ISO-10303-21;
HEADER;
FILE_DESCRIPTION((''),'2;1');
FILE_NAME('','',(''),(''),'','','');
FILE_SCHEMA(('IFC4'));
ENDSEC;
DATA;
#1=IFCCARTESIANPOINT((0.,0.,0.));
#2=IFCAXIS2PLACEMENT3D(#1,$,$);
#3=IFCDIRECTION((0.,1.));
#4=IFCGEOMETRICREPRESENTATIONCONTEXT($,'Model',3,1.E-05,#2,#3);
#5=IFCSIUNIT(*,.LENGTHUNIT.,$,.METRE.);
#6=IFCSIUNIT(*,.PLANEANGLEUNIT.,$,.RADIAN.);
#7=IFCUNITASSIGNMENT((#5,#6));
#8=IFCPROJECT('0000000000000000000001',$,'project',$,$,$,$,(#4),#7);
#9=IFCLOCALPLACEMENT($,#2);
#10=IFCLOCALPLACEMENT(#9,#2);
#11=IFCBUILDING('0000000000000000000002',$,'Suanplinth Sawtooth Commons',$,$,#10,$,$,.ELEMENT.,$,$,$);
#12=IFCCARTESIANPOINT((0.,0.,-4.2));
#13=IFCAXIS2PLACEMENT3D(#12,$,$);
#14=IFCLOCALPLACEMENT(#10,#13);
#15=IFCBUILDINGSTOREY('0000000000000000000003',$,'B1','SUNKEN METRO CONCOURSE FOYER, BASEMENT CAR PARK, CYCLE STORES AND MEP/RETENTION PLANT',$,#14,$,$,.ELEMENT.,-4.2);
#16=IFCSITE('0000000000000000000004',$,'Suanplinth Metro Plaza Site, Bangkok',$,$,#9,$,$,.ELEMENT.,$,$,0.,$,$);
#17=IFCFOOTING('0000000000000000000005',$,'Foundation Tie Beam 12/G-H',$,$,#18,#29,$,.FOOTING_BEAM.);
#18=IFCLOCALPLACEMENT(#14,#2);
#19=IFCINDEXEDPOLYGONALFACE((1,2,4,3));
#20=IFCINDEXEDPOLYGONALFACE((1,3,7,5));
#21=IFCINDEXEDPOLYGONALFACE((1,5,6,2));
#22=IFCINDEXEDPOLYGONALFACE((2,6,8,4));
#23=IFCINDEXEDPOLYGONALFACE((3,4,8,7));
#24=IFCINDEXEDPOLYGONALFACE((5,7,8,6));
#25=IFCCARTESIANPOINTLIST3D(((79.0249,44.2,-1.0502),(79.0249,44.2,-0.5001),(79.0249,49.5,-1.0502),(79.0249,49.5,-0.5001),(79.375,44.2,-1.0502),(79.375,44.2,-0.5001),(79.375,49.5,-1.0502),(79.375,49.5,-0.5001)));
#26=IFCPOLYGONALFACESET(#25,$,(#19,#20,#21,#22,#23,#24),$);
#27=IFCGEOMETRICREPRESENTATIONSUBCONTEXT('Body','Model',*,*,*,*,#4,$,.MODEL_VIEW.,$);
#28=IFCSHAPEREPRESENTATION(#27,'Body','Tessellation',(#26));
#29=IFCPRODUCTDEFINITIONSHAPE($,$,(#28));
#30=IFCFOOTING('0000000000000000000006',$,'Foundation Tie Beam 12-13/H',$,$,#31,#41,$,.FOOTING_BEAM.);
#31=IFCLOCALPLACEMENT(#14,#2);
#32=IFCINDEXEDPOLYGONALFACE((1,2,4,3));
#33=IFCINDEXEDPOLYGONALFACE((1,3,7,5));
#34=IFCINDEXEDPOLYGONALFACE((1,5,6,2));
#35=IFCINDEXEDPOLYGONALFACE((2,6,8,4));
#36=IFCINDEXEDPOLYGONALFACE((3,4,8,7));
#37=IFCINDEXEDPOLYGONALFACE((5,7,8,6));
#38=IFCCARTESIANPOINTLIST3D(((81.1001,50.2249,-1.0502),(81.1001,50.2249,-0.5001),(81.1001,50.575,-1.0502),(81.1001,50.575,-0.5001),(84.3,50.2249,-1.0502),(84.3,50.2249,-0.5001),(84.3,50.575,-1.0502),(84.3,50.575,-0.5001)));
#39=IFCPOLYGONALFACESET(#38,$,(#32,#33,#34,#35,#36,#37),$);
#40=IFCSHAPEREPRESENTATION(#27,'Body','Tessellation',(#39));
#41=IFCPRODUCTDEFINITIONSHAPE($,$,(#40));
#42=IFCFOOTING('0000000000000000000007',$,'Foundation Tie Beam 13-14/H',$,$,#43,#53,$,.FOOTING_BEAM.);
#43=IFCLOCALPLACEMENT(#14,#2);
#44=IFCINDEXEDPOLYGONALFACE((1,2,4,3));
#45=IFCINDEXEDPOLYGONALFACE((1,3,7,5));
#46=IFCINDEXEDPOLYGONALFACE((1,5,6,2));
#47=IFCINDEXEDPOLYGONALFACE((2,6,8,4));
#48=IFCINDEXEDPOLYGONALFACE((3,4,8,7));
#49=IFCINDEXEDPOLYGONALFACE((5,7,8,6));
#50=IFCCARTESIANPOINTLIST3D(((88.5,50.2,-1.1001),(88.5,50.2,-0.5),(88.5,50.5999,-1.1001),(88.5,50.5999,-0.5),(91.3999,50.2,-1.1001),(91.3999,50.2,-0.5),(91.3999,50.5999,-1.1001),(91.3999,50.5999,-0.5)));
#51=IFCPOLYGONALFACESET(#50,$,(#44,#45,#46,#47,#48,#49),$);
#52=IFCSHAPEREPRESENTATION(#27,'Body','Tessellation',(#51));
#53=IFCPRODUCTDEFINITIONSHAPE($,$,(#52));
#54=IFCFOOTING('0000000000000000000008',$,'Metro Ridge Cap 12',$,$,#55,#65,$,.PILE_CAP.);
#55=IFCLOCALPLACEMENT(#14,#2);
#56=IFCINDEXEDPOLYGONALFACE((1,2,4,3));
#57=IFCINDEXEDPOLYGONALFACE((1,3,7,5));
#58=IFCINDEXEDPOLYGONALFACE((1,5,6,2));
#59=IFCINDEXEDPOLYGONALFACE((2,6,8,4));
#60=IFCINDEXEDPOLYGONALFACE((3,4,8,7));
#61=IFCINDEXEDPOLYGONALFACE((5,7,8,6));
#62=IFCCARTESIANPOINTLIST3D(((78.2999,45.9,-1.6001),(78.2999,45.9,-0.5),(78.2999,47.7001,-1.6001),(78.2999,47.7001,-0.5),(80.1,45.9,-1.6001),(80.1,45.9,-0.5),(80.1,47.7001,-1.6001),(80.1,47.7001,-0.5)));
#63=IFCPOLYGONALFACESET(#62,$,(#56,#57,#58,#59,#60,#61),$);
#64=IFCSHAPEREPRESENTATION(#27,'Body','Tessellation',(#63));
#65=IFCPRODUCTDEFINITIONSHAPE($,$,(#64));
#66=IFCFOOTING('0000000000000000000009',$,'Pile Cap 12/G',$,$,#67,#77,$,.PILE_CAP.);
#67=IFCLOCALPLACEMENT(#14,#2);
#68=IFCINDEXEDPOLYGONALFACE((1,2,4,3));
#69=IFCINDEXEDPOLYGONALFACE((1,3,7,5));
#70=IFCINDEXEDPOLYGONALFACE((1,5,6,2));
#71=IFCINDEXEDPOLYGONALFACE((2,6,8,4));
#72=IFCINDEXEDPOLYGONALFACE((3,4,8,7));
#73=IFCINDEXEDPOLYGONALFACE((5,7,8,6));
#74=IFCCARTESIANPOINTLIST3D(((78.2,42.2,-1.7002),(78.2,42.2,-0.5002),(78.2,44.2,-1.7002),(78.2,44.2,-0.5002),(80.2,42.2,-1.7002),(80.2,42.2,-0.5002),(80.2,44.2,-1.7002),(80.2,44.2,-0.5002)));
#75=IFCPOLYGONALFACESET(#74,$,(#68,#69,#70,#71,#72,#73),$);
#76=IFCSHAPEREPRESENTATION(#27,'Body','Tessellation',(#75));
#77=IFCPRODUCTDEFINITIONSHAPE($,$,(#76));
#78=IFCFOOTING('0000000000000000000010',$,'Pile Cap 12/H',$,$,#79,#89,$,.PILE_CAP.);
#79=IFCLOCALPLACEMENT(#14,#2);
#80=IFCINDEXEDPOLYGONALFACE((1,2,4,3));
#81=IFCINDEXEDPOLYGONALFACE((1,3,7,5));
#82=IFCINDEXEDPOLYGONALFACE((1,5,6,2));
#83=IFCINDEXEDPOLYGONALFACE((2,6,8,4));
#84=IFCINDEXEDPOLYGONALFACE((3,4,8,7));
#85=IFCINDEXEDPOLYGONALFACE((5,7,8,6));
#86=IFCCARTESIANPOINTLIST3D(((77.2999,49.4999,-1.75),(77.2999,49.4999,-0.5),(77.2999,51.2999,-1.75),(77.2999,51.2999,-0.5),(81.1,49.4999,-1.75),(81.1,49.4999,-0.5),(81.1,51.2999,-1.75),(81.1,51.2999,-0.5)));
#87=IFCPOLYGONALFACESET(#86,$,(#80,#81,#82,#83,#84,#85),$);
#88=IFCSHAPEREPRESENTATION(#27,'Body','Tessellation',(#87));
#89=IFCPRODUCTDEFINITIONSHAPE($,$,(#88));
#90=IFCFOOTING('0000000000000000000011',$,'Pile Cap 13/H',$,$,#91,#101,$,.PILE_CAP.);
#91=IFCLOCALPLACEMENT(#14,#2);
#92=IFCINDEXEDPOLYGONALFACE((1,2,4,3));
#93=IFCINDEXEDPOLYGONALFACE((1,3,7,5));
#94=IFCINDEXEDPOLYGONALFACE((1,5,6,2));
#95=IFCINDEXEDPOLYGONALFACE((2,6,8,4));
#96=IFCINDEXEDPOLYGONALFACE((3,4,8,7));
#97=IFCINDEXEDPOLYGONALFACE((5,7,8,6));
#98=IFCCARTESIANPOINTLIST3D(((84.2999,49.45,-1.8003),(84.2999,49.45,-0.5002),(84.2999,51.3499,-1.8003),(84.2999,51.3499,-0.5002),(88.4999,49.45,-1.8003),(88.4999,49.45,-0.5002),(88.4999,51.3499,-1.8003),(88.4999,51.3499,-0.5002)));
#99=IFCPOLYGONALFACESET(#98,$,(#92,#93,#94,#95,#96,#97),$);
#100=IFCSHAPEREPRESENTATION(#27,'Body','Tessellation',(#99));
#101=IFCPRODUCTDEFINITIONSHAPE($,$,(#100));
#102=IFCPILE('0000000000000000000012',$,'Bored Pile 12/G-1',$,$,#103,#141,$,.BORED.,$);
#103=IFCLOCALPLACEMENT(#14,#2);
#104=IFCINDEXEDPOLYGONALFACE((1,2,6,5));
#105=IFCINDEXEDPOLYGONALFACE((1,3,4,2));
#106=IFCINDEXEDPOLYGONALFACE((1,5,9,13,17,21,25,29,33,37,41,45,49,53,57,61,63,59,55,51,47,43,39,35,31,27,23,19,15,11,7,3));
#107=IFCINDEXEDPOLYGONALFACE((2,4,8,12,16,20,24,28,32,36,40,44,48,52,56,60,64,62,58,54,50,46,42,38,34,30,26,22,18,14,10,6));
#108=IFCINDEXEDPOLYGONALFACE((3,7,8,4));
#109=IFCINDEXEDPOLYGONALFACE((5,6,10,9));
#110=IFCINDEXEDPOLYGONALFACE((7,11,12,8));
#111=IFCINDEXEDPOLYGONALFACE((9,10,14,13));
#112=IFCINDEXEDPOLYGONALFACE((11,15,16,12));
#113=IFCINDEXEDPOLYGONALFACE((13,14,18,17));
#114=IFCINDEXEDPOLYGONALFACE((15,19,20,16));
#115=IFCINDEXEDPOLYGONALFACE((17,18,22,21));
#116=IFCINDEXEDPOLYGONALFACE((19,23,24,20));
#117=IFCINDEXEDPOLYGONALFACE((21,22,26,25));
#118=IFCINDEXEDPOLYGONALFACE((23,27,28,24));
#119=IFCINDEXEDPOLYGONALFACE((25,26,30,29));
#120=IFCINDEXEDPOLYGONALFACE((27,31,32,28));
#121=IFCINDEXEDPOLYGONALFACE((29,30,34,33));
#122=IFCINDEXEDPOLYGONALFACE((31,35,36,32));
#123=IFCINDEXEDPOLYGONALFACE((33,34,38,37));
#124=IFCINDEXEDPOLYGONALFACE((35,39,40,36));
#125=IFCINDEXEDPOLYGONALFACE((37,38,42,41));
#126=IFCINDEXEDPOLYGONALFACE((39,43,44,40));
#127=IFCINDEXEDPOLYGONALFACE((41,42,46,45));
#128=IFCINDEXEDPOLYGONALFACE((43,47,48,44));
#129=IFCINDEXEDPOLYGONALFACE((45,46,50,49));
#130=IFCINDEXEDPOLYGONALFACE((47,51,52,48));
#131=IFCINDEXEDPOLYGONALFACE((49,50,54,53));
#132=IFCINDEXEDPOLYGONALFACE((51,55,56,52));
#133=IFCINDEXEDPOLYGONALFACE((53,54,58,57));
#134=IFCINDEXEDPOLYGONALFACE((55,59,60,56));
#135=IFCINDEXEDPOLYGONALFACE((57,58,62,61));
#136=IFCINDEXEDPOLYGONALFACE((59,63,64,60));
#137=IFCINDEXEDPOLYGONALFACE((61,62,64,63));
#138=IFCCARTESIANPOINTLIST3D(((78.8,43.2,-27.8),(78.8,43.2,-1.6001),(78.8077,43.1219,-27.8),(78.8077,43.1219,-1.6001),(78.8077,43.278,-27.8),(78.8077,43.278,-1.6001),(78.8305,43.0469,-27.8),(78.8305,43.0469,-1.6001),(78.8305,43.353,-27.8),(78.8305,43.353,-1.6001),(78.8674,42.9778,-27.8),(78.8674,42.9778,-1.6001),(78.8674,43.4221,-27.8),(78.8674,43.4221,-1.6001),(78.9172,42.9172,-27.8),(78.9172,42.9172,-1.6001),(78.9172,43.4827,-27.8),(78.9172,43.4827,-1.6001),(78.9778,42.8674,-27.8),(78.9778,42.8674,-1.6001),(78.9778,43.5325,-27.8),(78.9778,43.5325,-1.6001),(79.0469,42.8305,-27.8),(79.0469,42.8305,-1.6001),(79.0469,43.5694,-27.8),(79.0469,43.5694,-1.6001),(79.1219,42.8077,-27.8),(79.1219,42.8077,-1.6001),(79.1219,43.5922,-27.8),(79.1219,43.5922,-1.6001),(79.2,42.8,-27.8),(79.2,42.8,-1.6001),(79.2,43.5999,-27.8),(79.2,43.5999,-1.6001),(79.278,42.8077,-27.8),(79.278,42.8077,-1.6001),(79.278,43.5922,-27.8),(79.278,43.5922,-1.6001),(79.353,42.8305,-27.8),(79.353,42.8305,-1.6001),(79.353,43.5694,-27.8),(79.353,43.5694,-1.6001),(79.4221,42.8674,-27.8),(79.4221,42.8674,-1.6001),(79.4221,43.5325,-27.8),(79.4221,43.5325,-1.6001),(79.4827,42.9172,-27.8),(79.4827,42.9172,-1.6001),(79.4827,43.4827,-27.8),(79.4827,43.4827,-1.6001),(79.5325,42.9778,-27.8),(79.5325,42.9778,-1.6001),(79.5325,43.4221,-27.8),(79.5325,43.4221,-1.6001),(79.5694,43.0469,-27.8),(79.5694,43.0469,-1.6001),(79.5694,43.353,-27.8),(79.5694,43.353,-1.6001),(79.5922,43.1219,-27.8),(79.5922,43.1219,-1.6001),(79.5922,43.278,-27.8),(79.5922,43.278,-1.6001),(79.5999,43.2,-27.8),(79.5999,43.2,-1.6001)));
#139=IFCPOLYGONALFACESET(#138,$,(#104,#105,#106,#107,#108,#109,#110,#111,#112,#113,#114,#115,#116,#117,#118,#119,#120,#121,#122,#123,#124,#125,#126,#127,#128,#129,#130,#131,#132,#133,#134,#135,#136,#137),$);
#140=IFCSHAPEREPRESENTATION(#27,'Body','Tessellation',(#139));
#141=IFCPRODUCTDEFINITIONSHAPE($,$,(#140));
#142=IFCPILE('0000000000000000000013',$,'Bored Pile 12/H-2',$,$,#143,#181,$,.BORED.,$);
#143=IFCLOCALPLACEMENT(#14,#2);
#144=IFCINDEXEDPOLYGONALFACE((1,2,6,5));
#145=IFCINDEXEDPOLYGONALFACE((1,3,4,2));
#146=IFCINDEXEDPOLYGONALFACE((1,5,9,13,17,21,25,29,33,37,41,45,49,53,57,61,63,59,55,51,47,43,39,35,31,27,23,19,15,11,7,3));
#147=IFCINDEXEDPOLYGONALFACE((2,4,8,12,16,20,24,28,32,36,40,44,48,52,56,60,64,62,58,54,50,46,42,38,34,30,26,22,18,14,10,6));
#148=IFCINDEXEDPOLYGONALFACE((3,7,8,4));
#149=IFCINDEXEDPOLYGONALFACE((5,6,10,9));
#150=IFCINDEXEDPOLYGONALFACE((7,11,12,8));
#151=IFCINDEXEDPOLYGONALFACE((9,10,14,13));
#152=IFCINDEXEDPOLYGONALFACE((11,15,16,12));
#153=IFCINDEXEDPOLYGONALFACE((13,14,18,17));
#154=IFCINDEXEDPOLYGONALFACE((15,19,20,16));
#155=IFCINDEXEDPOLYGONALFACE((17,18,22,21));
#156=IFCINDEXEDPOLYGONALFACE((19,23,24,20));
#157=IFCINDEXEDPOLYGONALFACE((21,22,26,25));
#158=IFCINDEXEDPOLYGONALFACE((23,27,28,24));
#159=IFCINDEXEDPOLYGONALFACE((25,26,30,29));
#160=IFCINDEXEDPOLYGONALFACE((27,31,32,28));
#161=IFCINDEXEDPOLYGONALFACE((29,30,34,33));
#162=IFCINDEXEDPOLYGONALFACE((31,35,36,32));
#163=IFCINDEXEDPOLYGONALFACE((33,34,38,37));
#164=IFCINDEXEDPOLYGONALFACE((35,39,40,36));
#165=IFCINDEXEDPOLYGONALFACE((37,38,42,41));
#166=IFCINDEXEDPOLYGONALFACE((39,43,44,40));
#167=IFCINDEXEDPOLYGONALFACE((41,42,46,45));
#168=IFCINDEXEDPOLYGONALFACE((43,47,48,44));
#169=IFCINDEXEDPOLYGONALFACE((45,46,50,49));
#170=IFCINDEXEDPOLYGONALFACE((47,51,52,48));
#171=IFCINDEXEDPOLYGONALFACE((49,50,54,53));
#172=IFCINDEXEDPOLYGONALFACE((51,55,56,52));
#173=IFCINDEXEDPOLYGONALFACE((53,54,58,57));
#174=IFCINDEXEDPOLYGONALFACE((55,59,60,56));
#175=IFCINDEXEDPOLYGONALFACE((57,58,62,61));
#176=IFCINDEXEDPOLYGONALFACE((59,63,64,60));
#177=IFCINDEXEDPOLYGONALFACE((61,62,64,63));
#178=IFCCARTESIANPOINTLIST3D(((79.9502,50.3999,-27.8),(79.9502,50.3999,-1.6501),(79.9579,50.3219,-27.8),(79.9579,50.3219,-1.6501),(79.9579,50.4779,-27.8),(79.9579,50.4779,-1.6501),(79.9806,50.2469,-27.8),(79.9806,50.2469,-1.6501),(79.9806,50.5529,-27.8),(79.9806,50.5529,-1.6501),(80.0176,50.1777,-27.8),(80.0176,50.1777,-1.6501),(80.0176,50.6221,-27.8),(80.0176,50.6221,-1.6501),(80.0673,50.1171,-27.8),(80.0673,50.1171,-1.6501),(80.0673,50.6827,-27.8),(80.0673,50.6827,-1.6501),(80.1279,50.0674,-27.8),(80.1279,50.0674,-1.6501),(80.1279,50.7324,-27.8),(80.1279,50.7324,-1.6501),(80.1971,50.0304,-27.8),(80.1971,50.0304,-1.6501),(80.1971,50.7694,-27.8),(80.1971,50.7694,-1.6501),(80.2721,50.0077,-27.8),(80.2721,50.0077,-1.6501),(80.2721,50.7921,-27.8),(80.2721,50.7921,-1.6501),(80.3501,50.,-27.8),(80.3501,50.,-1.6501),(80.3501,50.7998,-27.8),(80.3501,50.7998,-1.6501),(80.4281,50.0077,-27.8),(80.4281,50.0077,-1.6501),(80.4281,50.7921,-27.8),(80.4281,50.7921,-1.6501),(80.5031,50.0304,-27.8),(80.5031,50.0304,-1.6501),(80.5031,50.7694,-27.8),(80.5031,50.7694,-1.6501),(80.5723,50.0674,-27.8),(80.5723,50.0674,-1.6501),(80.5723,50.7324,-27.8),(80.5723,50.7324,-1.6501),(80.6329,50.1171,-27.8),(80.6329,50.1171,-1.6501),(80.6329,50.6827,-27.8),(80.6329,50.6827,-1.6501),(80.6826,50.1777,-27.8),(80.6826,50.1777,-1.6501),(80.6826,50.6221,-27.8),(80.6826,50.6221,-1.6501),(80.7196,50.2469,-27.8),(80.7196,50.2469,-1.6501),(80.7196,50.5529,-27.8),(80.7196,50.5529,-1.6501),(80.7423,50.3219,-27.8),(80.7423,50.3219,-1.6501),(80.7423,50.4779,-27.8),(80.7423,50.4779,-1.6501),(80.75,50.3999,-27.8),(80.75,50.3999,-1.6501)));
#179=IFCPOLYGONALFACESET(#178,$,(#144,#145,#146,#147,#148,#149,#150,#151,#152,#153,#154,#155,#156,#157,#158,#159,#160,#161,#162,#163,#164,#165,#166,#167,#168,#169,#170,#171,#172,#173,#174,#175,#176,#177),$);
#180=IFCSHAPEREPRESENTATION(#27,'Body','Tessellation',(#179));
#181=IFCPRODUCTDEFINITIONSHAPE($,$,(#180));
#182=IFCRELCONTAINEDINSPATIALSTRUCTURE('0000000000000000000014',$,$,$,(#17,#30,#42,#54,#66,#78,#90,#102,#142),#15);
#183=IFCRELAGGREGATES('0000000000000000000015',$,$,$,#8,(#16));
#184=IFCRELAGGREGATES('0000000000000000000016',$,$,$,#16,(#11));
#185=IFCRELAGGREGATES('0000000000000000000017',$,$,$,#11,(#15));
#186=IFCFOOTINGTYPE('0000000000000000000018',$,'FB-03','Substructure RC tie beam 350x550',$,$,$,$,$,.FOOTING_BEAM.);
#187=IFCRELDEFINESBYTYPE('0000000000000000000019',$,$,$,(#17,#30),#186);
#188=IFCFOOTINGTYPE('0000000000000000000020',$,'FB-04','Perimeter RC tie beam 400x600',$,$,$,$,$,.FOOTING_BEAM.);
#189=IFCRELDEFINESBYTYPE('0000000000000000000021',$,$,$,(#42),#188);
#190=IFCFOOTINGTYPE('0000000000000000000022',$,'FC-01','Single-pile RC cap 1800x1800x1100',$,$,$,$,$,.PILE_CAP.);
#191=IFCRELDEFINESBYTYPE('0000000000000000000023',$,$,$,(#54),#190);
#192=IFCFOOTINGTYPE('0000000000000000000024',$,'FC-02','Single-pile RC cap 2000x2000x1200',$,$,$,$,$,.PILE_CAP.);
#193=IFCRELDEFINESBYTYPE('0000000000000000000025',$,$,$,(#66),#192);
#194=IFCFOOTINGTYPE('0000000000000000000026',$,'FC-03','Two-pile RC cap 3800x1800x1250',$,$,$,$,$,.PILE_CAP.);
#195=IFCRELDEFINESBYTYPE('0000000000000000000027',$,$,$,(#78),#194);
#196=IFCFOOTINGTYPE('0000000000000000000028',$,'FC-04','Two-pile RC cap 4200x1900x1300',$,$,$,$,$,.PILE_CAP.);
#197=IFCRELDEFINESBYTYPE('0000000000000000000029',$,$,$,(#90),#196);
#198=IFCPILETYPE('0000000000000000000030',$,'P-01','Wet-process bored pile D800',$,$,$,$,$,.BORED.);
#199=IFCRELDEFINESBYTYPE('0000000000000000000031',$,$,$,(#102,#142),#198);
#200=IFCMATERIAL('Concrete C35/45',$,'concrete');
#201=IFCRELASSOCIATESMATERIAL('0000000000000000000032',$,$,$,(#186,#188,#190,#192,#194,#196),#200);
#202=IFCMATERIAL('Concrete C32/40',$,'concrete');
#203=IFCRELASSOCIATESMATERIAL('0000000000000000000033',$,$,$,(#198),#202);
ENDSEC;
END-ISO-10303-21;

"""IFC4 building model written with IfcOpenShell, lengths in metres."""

from ifc_helpers import new_model, si_unit, direction, frame, origin, origin_2d, place, context, subcontext, project, spatial, rectangle, circle, extrude, material, material_profile, profile_set, type_object, element, save


model = new_model("IFC4")

# Units and contexts
model_context = context("Model", 3, precision=1e-05, world=origin(), true_north=direction((0.0, 1.0)))
body_context = subcontext(model_context, "Body", "Model", "MODEL_VIEW")
ifc_project = project(units=[si_unit("LENGTHUNIT", "METRE"), si_unit("PLANEANGLEUNIT", "RADIAN")], contexts=[model_context])

# Site, building, storey
site_placement = place(None, origin())
site = spatial("IfcSite", under=ifc_project, at=site_placement, Name="Suanplinth Metro Plaza Site, Bangkok", CompositionType="ELEMENT", RefElevation=0.0)
building_placement = place(site_placement, origin())
building = spatial("IfcBuilding", under=site, at=building_placement, Name="Suanplinth Sawtooth Commons", CompositionType="ELEMENT")
storey_placement = place(building_placement, frame((0.0, 0.0, -4.2)))
storey = spatial("IfcBuildingStorey", under=building, at=storey_placement, Name="B1", Description="SUNKEN METRO CONCOURSE FOYER, BASEMENT CAR PARK, CYCLE STORES AND MEP/RETENTION PLANT", CompositionType="ELEMENT", Elevation=-4.2)

# Footings
ifc_material_1 = material(Name="Concrete C35/45", Category="concrete")
ifc_material_profile_1 = material_profile(ifc_material_1, rectangle(XDim=0.3501, YDim=0.55, at=origin_2d()), Name="PC-BM 350x550")
ifc_profile_set_1 = profile_set([ifc_material_profile_1], Name="Concrete C35/45")
footing_type_1 = type_object("IfcFootingType", Name="FB-03", Description="Substructure RC tie beam 350x550", PredefinedType="FOOTING_BEAM", material=ifc_profile_set_1)
footing_1_placement = place(storey_placement, frame((79.2, 44.2, -0.7751), z_axis=(0.0, 1.0, 0.0), x_axis=(-1.0, 0.0, 0.0)))
element("IfcFooting", 1, at=footing_1_placement, inside=storey, type_object=footing_type_1, Name="Foundation Tie Beam 12/G-H", PredefinedType="FOOTING_BEAM", context=body_context, shape_type="SweptSolid", body=[
    extrude(rectangle(XDim=0.3501, YDim=0.55, at=origin_2d()), origin(), (0.0, 0.0, 1.0), 5.3),
])
footing_2_placement = place(storey_placement, frame((81.1001, 50.3999, -0.7751), z_axis=(1.0, 0.0, 0.0), x_axis=(0.0, 1.0, 0.0)))
element("IfcFooting", 2, at=footing_2_placement, inside=storey, type_object=footing_type_1, Name="Foundation Tie Beam 12-13/H", PredefinedType="FOOTING_BEAM", context=body_context, shape_type="SweptSolid", body=[
    extrude(rectangle(XDim=0.3501, YDim=0.55, at=origin_2d()), origin(), (0.0, 0.0, 1.0), 3.2),
])
ifc_material_profile_2 = material_profile(ifc_material_1, rectangle(XDim=0.3999, YDim=0.6001, at=origin_2d()), Name="PC-GDR 400x600")
ifc_profile_set_2 = profile_set([ifc_material_profile_2], Name="Concrete C35/45")
footing_type_2 = type_object("IfcFootingType", Name="FB-04", Description="Perimeter RC tie beam 400x600", PredefinedType="FOOTING_BEAM", material=ifc_profile_set_2)
footing_3_placement = place(storey_placement, frame((88.5, 50.3999, -0.8), z_axis=(1.0, 0.0, 0.0), x_axis=(0.0, 1.0, 0.0)))
element("IfcFooting", 3, at=footing_3_placement, inside=storey, type_object=footing_type_2, Name="Foundation Tie Beam 13-14/H", PredefinedType="FOOTING_BEAM", context=body_context, shape_type="SweptSolid", body=[
    extrude(rectangle(XDim=0.3999, YDim=0.6001, at=origin_2d()), origin(), (0.0, 0.0, 1.0), 2.8999),
])
footing_type_3 = type_object("IfcFootingType", Name="FC-01", Description="Single-pile RC cap 1800x1800x1100", PredefinedType="PILE_CAP", material=ifc_material_1)
footing_4_placement = place(storey_placement, frame((79.2, 46.8, -1.6001), z_axis=(0.0, 0.0, 1.0), x_axis=(1.0, 0.0, 0.0)))
element("IfcFooting", 4, at=footing_4_placement, inside=storey, type_object=footing_type_3, Name="Metro Ridge Cap 12", PredefinedType="PILE_CAP", context=body_context, shape_type="SweptSolid", body=[
    extrude(rectangle(XDim=1.8, YDim=1.8, at=origin_2d()), origin(), (0.0, 0.0, 1.0), 1.1001),
])
footing_type_4 = type_object("IfcFootingType", Name="FC-02", Description="Single-pile RC cap 2000x2000x1200", PredefinedType="PILE_CAP", material=ifc_material_1)
footing_5_placement = place(storey_placement, frame((79.2, 43.2, -1.7002), z_axis=(0.0, 0.0, 1.0), x_axis=(1.0, 0.0, 0.0)))
element("IfcFooting", 5, at=footing_5_placement, inside=storey, type_object=footing_type_4, Name="Pile Cap 12/G", PredefinedType="PILE_CAP", context=body_context, shape_type="SweptSolid", body=[
    extrude(rectangle(XDim=2.0, YDim=2.0, at=origin_2d()), origin(), (0.0, 0.0, 1.0), 1.2),
])
footing_type_5 = type_object("IfcFootingType", Name="FC-03", Description="Two-pile RC cap 3800x1800x1250", PredefinedType="PILE_CAP", material=ifc_material_1)
footing_6_placement = place(storey_placement, frame((79.2, 50.3999, -1.75), z_axis=(0.0, 0.0, 1.0), x_axis=(1.0, 0.0, 0.0)))
element("IfcFooting", 6, at=footing_6_placement, inside=storey, type_object=footing_type_5, Name="Pile Cap 12/H", PredefinedType="PILE_CAP", context=body_context, shape_type="SweptSolid", body=[
    extrude(rectangle(XDim=3.8, YDim=1.8, at=origin_2d()), origin(), (0.0, 0.0, 1.0), 1.25),
])
footing_type_6 = type_object("IfcFootingType", Name="FC-04", Description="Two-pile RC cap 4200x1900x1300", PredefinedType="PILE_CAP", material=ifc_material_1)
footing_7_placement = place(storey_placement, frame((86.3999, 50.3999, -1.8003), z_axis=(0.0, 0.0, 1.0), x_axis=(1.0, 0.0, 0.0)))
element("IfcFooting", 7, at=footing_7_placement, inside=storey, type_object=footing_type_6, Name="Pile Cap 13/H", PredefinedType="PILE_CAP", context=body_context, shape_type="SweptSolid", body=[
    extrude(rectangle(XDim=4.2, YDim=1.8999, at=origin_2d()), origin(), (0.0, 0.0, 1.0), 1.3),
])

# Piles
ifc_material_2 = material(Name="Concrete C32/40", Category="concrete")
ifc_material_profile_3 = material_profile(ifc_material_2, circle(Radius=0.3999, at=origin_2d()), Name="PILE D800")
ifc_profile_set_3 = profile_set([ifc_material_profile_3], Name="Concrete C32/40")
pile_type_1 = type_object("IfcPileType", Name="P-01", Description="Wet-process bored pile D800", PredefinedType="BORED", material=ifc_profile_set_3)
pile_1_placement = place(storey_placement, frame((79.2, 43.2, -1.6001), z_axis=(0.0, 0.0, -1.0), x_axis=(1.0, 0.0, 0.0)))
element("IfcPile", 8, at=pile_1_placement, inside=storey, type_object=pile_type_1, Name="Bored Pile 12/G-1", PredefinedType="BORED", context=body_context, shape_type="SweptSolid", body=[
    extrude(circle(Radius=0.3999, at=origin_2d()), origin(), (0.0, 0.0, 1.0), 26.2),
])
pile_2_placement = place(storey_placement, frame((80.3501, 50.3999, -1.6501), z_axis=(0.0, 0.0, -1.0), x_axis=(1.0, 0.0, 0.0)))
element("IfcPile", 9, at=pile_2_placement, inside=storey, type_object=pile_type_1, Name="Bored Pile 12/H-2", PredefinedType="BORED", context=body_context, shape_type="SweptSolid", body=[
    extrude(circle(Radius=0.3999, at=origin_2d()), origin(), (0.0, 0.0, 1.0), 26.1499),
])

save(model, "model.ifc")
